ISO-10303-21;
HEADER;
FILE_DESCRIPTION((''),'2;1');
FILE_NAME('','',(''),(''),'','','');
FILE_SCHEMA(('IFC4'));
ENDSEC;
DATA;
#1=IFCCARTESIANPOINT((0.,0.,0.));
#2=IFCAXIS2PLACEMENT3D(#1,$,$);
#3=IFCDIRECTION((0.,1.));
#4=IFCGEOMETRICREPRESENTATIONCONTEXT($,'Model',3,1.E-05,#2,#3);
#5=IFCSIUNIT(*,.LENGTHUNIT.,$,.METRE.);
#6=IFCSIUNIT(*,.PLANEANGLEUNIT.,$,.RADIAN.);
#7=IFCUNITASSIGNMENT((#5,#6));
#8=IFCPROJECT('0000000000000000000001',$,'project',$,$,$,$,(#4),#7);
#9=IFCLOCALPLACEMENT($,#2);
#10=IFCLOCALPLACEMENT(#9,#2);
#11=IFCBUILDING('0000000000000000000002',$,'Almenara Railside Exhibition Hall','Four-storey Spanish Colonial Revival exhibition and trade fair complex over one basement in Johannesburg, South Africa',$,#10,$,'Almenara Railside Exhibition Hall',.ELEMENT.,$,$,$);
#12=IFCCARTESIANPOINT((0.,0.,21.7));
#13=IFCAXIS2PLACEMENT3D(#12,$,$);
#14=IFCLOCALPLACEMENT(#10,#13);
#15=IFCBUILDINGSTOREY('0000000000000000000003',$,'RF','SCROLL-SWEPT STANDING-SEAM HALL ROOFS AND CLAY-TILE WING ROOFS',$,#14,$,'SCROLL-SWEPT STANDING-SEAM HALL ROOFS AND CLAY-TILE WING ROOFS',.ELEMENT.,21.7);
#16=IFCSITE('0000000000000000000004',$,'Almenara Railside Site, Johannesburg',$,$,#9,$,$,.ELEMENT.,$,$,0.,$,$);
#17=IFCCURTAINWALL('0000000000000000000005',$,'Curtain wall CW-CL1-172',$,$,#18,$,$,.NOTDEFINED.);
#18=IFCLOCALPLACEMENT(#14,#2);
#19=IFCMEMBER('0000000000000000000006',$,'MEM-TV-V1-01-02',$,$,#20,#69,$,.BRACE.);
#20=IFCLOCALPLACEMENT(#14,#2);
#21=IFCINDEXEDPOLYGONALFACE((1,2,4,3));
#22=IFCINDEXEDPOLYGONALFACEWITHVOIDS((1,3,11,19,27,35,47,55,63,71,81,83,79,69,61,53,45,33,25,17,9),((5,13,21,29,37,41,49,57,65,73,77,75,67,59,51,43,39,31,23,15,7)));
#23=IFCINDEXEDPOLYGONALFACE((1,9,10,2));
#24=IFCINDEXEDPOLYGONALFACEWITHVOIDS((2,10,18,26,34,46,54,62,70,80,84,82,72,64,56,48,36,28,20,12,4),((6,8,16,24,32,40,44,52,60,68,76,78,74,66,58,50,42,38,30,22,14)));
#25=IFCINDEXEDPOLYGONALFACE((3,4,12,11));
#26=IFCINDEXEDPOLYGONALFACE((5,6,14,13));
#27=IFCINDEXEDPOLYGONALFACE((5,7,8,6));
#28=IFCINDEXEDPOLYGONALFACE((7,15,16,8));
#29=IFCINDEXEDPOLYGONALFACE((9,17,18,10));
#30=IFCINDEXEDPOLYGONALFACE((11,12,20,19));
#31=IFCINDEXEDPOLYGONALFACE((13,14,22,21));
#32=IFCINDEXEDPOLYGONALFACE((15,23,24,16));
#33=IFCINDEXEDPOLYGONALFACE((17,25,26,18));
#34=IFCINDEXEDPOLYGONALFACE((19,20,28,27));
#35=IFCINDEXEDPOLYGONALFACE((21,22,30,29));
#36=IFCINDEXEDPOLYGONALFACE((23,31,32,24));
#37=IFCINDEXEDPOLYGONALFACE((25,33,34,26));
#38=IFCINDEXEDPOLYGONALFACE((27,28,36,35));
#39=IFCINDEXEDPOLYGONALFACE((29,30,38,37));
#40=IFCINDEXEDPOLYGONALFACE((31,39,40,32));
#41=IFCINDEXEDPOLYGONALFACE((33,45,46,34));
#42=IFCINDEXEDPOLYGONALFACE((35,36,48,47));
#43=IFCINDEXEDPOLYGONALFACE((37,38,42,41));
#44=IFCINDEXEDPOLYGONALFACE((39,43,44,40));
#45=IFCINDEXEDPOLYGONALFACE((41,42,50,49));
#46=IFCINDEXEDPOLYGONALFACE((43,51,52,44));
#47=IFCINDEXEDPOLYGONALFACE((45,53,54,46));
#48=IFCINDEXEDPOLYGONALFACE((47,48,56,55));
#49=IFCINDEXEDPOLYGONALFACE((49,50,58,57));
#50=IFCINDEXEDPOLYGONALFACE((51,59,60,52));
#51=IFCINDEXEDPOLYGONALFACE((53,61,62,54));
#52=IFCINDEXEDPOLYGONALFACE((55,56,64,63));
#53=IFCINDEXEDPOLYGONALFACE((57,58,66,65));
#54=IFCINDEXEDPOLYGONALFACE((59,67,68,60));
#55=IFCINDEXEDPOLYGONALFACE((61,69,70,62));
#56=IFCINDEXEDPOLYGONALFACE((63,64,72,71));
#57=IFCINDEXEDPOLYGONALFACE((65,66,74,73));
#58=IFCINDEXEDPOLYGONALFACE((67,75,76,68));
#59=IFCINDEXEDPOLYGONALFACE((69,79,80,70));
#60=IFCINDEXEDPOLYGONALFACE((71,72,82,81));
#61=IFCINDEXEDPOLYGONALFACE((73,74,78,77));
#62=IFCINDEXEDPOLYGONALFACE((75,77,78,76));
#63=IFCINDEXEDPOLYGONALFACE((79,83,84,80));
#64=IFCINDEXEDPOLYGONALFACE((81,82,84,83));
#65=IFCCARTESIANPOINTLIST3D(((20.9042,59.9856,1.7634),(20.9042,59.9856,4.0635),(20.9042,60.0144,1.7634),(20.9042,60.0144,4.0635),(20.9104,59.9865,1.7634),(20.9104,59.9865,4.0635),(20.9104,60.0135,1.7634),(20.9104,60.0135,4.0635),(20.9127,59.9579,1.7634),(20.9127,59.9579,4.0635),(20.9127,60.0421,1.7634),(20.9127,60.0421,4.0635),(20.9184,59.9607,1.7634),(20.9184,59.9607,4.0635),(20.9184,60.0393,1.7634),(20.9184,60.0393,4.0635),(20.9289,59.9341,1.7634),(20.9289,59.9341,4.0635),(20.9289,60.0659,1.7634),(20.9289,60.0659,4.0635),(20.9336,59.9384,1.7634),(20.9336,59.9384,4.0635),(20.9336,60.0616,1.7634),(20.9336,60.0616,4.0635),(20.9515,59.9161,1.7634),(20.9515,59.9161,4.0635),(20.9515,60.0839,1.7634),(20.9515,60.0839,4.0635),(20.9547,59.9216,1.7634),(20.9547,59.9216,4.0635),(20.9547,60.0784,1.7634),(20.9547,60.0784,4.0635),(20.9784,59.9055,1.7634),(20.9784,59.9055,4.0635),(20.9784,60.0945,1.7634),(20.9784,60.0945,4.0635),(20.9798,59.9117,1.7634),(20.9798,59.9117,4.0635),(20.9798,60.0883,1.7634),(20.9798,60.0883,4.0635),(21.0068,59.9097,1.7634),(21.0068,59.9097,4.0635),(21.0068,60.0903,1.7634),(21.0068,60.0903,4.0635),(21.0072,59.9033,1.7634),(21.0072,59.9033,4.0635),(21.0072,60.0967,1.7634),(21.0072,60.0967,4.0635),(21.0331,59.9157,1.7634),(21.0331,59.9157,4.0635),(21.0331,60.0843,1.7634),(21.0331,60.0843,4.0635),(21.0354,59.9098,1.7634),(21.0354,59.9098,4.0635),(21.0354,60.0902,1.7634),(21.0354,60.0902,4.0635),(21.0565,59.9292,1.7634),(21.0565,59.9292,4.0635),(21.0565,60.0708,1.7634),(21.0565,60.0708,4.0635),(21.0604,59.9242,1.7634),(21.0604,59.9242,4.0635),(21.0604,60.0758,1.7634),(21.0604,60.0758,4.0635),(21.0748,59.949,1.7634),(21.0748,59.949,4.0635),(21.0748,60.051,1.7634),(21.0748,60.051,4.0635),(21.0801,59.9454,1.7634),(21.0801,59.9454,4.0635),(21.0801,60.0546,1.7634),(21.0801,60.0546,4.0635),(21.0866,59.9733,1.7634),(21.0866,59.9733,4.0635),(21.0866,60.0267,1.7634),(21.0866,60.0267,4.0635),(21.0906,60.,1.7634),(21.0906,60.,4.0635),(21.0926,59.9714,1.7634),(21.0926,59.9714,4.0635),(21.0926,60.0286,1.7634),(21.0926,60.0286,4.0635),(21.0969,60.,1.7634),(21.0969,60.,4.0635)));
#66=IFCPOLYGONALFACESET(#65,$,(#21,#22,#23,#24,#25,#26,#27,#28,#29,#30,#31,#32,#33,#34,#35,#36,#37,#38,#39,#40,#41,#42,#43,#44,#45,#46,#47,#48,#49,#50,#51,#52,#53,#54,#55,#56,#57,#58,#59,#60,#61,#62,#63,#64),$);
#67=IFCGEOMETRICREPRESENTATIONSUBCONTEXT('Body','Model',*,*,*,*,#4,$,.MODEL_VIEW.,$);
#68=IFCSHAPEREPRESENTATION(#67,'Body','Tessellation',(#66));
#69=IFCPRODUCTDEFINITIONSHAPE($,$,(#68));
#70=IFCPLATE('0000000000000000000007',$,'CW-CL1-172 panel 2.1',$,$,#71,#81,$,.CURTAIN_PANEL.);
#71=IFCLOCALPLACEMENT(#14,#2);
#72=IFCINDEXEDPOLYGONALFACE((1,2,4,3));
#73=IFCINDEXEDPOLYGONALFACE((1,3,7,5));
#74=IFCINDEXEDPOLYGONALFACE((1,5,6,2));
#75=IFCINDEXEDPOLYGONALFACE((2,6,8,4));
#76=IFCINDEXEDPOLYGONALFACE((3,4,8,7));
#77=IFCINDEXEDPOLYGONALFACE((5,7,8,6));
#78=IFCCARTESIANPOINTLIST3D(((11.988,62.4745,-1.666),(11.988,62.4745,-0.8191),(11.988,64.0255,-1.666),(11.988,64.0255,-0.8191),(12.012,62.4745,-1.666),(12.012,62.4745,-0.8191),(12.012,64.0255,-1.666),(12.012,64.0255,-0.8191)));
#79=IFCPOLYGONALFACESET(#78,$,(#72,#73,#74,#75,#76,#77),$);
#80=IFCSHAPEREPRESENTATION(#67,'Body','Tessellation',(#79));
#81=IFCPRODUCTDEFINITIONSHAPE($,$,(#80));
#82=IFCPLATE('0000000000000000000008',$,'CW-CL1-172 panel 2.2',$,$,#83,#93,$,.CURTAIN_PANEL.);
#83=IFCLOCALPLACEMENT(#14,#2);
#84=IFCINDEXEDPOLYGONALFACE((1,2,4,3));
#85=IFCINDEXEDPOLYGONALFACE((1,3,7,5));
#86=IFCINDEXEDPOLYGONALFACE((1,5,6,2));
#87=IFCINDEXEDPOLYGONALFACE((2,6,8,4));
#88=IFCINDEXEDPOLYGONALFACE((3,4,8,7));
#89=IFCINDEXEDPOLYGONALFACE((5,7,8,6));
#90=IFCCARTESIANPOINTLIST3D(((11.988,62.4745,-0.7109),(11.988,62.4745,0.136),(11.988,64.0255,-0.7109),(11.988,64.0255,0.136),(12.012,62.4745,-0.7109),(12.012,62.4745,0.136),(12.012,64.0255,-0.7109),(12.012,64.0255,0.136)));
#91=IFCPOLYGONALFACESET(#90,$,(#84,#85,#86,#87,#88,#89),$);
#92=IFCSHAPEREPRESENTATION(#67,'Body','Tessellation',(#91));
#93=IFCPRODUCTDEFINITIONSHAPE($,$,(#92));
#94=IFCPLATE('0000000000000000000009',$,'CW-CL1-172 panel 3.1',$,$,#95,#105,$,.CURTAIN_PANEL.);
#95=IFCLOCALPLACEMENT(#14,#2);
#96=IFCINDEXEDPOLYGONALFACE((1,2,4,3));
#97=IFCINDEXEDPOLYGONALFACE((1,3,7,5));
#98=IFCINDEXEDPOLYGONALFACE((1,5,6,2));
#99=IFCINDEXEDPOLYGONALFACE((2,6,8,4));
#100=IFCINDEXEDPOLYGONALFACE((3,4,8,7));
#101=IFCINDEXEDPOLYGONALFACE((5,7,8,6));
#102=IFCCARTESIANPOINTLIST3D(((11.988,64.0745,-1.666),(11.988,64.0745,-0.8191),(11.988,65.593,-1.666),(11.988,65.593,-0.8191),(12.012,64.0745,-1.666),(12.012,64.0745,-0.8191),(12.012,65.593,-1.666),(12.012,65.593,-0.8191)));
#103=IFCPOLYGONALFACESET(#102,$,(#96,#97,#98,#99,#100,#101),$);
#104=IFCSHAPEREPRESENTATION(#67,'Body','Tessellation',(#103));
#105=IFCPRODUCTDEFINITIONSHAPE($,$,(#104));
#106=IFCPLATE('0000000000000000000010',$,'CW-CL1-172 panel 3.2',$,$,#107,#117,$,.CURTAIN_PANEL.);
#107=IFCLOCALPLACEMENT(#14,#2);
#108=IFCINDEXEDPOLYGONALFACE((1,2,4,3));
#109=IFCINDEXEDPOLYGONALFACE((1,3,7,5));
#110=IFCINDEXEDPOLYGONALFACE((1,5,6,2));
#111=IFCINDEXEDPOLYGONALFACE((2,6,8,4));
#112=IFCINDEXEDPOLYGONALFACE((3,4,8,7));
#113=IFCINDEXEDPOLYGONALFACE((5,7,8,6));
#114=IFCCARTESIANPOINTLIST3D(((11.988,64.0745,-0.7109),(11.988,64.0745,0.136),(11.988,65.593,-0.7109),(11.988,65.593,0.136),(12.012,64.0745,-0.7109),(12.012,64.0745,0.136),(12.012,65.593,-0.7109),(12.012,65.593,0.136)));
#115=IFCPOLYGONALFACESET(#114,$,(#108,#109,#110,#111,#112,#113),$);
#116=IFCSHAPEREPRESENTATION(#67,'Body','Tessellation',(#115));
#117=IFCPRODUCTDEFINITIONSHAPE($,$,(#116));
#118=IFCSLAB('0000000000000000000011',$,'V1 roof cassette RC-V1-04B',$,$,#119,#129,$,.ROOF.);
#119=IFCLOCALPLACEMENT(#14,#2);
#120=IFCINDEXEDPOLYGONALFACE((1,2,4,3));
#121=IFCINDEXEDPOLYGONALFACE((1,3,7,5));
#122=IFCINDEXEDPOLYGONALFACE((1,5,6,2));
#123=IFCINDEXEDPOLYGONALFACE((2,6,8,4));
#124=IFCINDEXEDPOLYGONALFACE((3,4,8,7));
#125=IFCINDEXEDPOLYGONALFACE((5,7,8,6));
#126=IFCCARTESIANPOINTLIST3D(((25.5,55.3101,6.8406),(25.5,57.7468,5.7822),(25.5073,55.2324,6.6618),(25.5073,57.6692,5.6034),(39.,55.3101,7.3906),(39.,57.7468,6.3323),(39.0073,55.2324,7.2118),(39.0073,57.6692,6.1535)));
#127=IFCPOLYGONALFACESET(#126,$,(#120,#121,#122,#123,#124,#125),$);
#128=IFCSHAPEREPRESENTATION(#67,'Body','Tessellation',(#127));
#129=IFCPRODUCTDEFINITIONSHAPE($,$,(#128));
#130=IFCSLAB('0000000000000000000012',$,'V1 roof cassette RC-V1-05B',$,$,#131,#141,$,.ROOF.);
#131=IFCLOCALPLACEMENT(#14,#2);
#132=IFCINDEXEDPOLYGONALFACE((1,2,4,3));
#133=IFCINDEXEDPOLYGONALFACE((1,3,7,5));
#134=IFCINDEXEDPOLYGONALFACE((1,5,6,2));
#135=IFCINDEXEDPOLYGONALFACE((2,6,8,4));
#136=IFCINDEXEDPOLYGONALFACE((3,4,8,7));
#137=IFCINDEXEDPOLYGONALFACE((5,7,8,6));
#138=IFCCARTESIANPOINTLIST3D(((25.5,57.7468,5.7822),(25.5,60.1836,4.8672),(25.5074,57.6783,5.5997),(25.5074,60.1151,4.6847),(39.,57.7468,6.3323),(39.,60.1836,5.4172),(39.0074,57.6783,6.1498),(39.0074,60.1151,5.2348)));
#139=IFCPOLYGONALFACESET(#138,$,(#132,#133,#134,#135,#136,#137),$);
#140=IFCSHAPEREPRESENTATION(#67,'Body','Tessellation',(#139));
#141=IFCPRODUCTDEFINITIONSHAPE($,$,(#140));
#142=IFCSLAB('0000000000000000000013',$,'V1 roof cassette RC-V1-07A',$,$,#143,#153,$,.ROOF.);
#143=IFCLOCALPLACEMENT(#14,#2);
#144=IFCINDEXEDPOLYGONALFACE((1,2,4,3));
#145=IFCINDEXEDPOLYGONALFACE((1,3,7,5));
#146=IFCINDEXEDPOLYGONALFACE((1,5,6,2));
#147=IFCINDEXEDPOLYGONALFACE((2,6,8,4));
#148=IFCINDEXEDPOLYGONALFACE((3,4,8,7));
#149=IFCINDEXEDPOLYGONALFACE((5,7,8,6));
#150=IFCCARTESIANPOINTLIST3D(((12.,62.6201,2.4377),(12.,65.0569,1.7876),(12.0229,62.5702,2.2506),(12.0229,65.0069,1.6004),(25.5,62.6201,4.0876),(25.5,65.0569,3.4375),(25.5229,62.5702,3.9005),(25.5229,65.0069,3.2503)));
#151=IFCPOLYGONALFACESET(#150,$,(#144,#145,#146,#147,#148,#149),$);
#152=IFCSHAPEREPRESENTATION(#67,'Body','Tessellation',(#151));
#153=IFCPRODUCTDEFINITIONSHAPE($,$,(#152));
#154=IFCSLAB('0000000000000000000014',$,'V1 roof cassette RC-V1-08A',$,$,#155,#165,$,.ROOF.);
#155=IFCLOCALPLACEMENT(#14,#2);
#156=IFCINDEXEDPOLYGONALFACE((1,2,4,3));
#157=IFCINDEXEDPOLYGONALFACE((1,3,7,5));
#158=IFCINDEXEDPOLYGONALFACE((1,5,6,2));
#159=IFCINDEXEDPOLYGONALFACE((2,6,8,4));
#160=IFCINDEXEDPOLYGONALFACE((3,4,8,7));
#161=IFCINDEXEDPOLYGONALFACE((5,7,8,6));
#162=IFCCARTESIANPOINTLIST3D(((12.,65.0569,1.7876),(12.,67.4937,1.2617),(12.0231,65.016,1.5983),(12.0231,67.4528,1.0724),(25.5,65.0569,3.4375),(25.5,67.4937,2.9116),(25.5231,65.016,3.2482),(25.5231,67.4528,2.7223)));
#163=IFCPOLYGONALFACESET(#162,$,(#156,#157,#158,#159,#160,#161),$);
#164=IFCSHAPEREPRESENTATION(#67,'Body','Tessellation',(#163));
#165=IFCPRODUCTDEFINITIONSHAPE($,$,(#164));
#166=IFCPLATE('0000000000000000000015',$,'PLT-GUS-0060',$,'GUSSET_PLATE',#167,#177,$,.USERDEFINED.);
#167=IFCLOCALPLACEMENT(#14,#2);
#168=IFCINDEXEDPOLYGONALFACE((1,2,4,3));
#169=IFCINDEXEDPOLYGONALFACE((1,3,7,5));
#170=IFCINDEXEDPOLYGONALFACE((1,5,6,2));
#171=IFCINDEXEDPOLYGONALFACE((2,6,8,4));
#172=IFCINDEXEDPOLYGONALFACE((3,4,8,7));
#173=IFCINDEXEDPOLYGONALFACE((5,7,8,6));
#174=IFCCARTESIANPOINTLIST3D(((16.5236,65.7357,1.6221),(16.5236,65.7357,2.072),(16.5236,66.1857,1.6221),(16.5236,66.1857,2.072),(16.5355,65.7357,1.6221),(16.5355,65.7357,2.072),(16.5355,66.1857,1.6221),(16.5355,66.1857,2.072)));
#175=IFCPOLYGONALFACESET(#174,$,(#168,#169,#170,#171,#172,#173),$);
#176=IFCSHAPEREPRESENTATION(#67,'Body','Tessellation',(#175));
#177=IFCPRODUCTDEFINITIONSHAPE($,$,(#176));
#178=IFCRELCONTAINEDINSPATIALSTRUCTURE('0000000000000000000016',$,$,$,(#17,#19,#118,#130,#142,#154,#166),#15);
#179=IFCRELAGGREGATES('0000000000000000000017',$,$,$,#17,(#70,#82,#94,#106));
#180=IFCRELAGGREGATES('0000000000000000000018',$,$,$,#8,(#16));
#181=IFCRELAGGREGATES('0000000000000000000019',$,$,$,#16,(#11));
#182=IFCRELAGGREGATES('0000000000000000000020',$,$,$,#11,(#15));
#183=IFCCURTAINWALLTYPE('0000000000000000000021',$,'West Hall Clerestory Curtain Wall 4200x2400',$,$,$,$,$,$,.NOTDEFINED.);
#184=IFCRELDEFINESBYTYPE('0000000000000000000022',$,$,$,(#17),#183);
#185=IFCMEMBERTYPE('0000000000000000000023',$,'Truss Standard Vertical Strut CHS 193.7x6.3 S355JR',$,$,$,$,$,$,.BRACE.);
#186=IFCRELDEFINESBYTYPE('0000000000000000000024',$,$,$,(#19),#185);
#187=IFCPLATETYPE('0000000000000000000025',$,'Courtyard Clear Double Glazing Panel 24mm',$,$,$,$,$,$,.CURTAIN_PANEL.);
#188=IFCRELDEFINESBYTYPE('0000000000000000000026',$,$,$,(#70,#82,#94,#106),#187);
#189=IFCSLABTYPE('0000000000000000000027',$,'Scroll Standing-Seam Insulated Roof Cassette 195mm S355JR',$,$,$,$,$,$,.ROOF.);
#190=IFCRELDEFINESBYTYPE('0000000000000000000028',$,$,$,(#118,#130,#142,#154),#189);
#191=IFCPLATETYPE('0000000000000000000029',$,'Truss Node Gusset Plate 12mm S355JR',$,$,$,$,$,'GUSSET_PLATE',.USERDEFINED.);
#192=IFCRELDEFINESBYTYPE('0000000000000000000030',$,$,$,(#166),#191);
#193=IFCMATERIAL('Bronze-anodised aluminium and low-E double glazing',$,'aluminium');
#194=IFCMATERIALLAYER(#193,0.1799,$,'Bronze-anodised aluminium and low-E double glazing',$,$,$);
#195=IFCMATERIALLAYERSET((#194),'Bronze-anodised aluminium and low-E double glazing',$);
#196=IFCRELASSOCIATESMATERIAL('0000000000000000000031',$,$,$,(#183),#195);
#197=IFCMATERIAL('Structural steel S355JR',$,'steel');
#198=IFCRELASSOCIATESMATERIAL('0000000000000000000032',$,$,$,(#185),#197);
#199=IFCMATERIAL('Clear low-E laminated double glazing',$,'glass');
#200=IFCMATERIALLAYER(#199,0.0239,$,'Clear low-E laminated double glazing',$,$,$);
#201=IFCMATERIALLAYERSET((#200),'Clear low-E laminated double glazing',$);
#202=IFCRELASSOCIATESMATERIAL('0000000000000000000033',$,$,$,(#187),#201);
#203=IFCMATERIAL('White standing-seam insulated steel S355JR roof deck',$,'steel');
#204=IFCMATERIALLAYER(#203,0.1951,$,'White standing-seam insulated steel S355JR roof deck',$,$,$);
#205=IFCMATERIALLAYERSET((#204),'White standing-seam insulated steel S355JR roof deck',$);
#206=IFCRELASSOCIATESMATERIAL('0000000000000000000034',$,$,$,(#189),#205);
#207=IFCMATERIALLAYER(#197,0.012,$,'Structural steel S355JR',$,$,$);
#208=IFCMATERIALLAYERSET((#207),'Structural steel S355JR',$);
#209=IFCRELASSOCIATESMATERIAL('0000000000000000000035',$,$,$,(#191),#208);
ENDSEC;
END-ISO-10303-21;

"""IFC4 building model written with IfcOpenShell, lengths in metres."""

from ifc_helpers import new_model, si_unit, direction, frame, origin, origin_2d, place, context, subcontext, project, spatial, polyline, rectangle, hollow_circle, outline, extrude, material, layer, layer_set, material_profile, profile_set, type_object, element, aggregate, save


model = new_model("IFC4")

# Units and contexts
model_context = context("Model", 3, precision=1e-05, world=origin(), true_north=direction((0.0, 1.0)))
body_context = subcontext(model_context, "Body", "Model", "MODEL_VIEW")
ifc_project = project(units=[si_unit("LENGTHUNIT", "METRE"), si_unit("PLANEANGLEUNIT", "RADIAN")], contexts=[model_context])

# Site, building, storey
site_placement = place(None, origin())
site = spatial("IfcSite", under=ifc_project, at=site_placement, Name="Almenara Railside Site, Johannesburg", CompositionType="ELEMENT", RefElevation=0.0)
building_placement = place(site_placement, origin())
building = spatial("IfcBuilding", under=site, at=building_placement, Name="Almenara Railside Exhibition Hall", Description="Four-storey Spanish Colonial Revival exhibition and trade fair complex over one basement in Johannesburg, South Africa", LongName="Almenara Railside Exhibition Hall", CompositionType="ELEMENT")
storey_placement = place(building_placement, frame((0.0, 0.0, 21.7)))
storey = spatial("IfcBuildingStorey", under=building, at=storey_placement, Name="RF", Description="SCROLL-SWEPT STANDING-SEAM HALL ROOFS AND CLAY-TILE WING ROOFS", LongName="SCROLL-SWEPT STANDING-SEAM HALL ROOFS AND CLAY-TILE WING ROOFS", CompositionType="ELEMENT", Elevation=21.7)

# Shared definitions
ifc_material_1 = material(Name="Structural steel S355JR", Category="steel")

# Curtain wall
ifc_material_2 = material(Name="Bronze-anodised aluminium and low-E double glazing", Category="aluminium")
ifc_layer_1 = layer(ifc_material_2, 0.1799, Name="Bronze-anodised aluminium and low-E double glazing")
ifc_layer_set_1 = layer_set([ifc_layer_1], Name="Bronze-anodised aluminium and low-E double glazing")
curtain_wall_type = type_object("IfcCurtainWallType", Name="West Hall Clerestory Curtain Wall 4200x2400", PredefinedType="NOTDEFINED", material=ifc_layer_set_1)
curtain_wall_placement = place(storey_placement, origin())
curtain_wall = element("IfcCurtainWall", 1, at=curtain_wall_placement, inside=storey, type_object=curtain_wall_type, Name="Curtain wall CW-CL1-172", PredefinedType="NOTDEFINED")

# Member
ifc_material_profile_1 = material_profile(ifc_material_1, hollow_circle(Radius=0.0969, WallThickness=0.0063, at=origin_2d()), Name="CHS 193.7x6.3")
ifc_profile_set_1 = profile_set([ifc_material_profile_1], Name="Structural steel S355JR")
member_type_1 = type_object("IfcMemberType", Name="Truss Standard Vertical Strut CHS 193.7x6.3 S355JR", PredefinedType="BRACE", material=ifc_profile_set_1)
member_1_placement = place(storey_placement, frame((21.0, 60.0, 1.7634), z_axis=(0.0, 0.0, 1.0), x_axis=(1.0, 0.0, 0.0)))
element("IfcMember", 2, at=member_1_placement, inside=storey, type_object=member_type_1, Name="MEM-TV-V1-01-02", PredefinedType="BRACE", context=body_context, shape_type="SweptSolid", body=[
    extrude(hollow_circle(Radius=0.0969, WallThickness=0.0063, at=origin_2d()), origin(), (0.0, 0.0, 1.0), 2.3),
])

# Plates
ifc_material_3 = material(Name="Clear low-E laminated double glazing", Category="glass")
ifc_layer_2 = layer(ifc_material_3, 0.0239, Name="Clear low-E laminated double glazing")
ifc_layer_set_2 = layer_set([ifc_layer_2], Name="Clear low-E laminated double glazing")
plate_type_1 = type_object("IfcPlateType", Name="Courtyard Clear Double Glazing Panel 24mm", PredefinedType="CURTAIN_PANEL", material=ifc_layer_set_2)
plate_1_placement = place(storey_placement, frame((12.0, 63.25, -1.666), z_axis=(0.0, 0.0, 1.0), x_axis=(0.0, 1.0, 0.0)))
plate_1 = element("IfcPlate", 3, at=plate_1_placement, type_object=plate_type_1, Name="CW-CL1-172 panel 2.1", PredefinedType="CURTAIN_PANEL", context=body_context, shape_type="SweptSolid", body=[
    extrude(rectangle(XDim=1.551, YDim=0.0239, at=origin_2d()), origin(), (0.0, 0.0, 1.0), 0.8469),
])
plate_2_placement = place(storey_placement, frame((12.0, 63.25, -0.7109), z_axis=(0.0, 0.0, 1.0), x_axis=(0.0, 1.0, 0.0)))
plate_2 = element("IfcPlate", 4, at=plate_2_placement, type_object=plate_type_1, Name="CW-CL1-172 panel 2.2", PredefinedType="CURTAIN_PANEL", context=body_context, shape_type="SweptSolid", body=[
    extrude(rectangle(XDim=1.551, YDim=0.0239, at=origin_2d()), origin(), (0.0, 0.0, 1.0), 0.8469),
])
plate_3_placement = place(storey_placement, frame((12.0, 64.8337, -1.666), z_axis=(0.0, 0.0, 1.0), x_axis=(0.0, 1.0, 0.0)))
plate_3 = element("IfcPlate", 5, at=plate_3_placement, type_object=plate_type_1, Name="CW-CL1-172 panel 3.1", PredefinedType="CURTAIN_PANEL", context=body_context, shape_type="SweptSolid", body=[
    extrude(rectangle(XDim=1.5186, YDim=0.0239, at=origin_2d()), origin(), (0.0, 0.0, 1.0), 0.8469),
])
plate_4_placement = place(storey_placement, frame((12.0, 64.8337, -0.7109), z_axis=(0.0, 0.0, 1.0), x_axis=(0.0, 1.0, 0.0)))
plate_4 = element("IfcPlate", 6, at=plate_4_placement, type_object=plate_type_1, Name="CW-CL1-172 panel 3.2", PredefinedType="CURTAIN_PANEL", context=body_context, shape_type="SweptSolid", body=[
    extrude(rectangle(XDim=1.5186, YDim=0.0239, at=origin_2d()), origin(), (0.0, 0.0, 1.0), 0.8469),
])
aggregate(curtain_wall, [plate_1, plate_2, plate_3, plate_4])

# Slabs
ifc_material_4 = material(Name="White standing-seam insulated steel S355JR roof deck", Category="steel")
ifc_layer_3 = layer(ifc_material_4, 0.1951, Name="White standing-seam insulated steel S355JR roof deck")
ifc_layer_set_3 = layer_set([ifc_layer_3], Name="White standing-seam insulated steel S355JR roof deck")
slab_type = type_object("IfcSlabType", Name="Scroll Standing-Seam Insulated Roof Cassette 195mm S355JR", PredefinedType="ROOF", material=ifc_layer_set_3)
slab_1_placement = place(storey_placement, frame((25.5, 55.3101, 6.8406), z_axis=(-0.037346, 0.398095, 0.916584), x_axis=(0.999171, 0.0, 0.040711)))
element("IfcSlab", 7, at=slab_1_placement, inside=storey, type_object=slab_type, Name="V1 roof cassette RC-V1-04B", PredefinedType="ROOF", context=body_context, shape_type="SweptSolid", body=[
    extrude(outline(polyline([(0.0, 0.0), (13.5112, 0.0), (13.4681, 2.6563), (-0.0431, 2.6563), (0.0, 0.0)])), origin(), (0.0, 0.0, -1.0), 0.1951),
])
slab_2_placement = place(storey_placement, frame((25.5, 57.7468, 5.7822), z_axis=(-0.038116, 0.351289, 0.935491), x_axis=(0.999171, 0.0, 0.040711)))
element("IfcSlab", 8, at=slab_2_placement, inside=storey, type_object=slab_type, Name="V1 roof cassette RC-V1-05B", PredefinedType="ROOF", context=body_context, shape_type="SweptSolid", body=[
    extrude(outline(polyline([(0.0, 0.0), (13.5112, 0.0), (13.4739, 2.6026), (-0.0373, 2.6026), (0.0, 0.0)])), origin(), (0.0, 0.0, -1.0), 0.1951),
])
slab_3_placement = place(storey_placement, frame((12.0, 62.6201, 2.4377), z_axis=(-0.11727, 0.25601, 0.959535), x_axis=(0.992614, 0.0, 0.121312)))
element("IfcSlab", 9, at=slab_3_placement, inside=storey, type_object=slab_type, Name="V1 roof cassette RC-V1-07A", PredefinedType="ROOF", context=body_context, shape_type="SweptSolid", body=[
    extrude(outline(polyline([(0.0, 0.0), (13.6004, 0.0), (13.5216, 2.5208), (-0.0789, 2.5208), (0.0, 0.0)])), origin(), (0.0, 0.0, -1.0), 0.1951),
])
slab_4_placement = place(storey_placement, frame((12.0, 65.0569, 1.7876), z_axis=(-0.118621, 0.209464, 0.970595), x_axis=(0.992614, 0.0, 0.121312)))
element("IfcSlab", 10, at=slab_4_placement, inside=storey, type_object=slab_type, Name="V1 roof cassette RC-V1-08A", PredefinedType="ROOF", context=body_context, shape_type="SweptSolid", body=[
    extrude(outline(polyline([(0.0, 0.0), (13.6004, 0.0), (13.5367, 2.4921), (-0.0638, 2.4921), (0.0, 0.0)])), origin(), (0.0, 0.0, -1.0), 0.1951),
])

# Plate
ifc_layer_4 = layer(ifc_material_1, 0.012, Name="Structural steel S355JR")
ifc_layer_set_4 = layer_set([ifc_layer_4], Name="Structural steel S355JR")
plate_type_2 = type_object("IfcPlateType", Name="Truss Node Gusset Plate 12mm S355JR", ElementType="GUSSET_PLATE", PredefinedType="USERDEFINED", material=ifc_layer_set_4)
plate_5_placement = place(storey_placement, frame((16.5295, 65.9607, 1.6221), z_axis=(0.0, 0.0, 1.0), x_axis=(0.0, 1.0, 0.0)))
element("IfcPlate", 11, at=plate_5_placement, inside=storey, type_object=plate_type_2, Name="PLT-GUS-0060", ObjectType="GUSSET_PLATE", PredefinedType="USERDEFINED", context=body_context, shape_type="SweptSolid", body=[
    extrude(rectangle(XDim=0.45, YDim=0.012, at=origin_2d()), origin(), (0.0, 0.0, 1.0), 0.45),
])

save(model, "model.ifc")
